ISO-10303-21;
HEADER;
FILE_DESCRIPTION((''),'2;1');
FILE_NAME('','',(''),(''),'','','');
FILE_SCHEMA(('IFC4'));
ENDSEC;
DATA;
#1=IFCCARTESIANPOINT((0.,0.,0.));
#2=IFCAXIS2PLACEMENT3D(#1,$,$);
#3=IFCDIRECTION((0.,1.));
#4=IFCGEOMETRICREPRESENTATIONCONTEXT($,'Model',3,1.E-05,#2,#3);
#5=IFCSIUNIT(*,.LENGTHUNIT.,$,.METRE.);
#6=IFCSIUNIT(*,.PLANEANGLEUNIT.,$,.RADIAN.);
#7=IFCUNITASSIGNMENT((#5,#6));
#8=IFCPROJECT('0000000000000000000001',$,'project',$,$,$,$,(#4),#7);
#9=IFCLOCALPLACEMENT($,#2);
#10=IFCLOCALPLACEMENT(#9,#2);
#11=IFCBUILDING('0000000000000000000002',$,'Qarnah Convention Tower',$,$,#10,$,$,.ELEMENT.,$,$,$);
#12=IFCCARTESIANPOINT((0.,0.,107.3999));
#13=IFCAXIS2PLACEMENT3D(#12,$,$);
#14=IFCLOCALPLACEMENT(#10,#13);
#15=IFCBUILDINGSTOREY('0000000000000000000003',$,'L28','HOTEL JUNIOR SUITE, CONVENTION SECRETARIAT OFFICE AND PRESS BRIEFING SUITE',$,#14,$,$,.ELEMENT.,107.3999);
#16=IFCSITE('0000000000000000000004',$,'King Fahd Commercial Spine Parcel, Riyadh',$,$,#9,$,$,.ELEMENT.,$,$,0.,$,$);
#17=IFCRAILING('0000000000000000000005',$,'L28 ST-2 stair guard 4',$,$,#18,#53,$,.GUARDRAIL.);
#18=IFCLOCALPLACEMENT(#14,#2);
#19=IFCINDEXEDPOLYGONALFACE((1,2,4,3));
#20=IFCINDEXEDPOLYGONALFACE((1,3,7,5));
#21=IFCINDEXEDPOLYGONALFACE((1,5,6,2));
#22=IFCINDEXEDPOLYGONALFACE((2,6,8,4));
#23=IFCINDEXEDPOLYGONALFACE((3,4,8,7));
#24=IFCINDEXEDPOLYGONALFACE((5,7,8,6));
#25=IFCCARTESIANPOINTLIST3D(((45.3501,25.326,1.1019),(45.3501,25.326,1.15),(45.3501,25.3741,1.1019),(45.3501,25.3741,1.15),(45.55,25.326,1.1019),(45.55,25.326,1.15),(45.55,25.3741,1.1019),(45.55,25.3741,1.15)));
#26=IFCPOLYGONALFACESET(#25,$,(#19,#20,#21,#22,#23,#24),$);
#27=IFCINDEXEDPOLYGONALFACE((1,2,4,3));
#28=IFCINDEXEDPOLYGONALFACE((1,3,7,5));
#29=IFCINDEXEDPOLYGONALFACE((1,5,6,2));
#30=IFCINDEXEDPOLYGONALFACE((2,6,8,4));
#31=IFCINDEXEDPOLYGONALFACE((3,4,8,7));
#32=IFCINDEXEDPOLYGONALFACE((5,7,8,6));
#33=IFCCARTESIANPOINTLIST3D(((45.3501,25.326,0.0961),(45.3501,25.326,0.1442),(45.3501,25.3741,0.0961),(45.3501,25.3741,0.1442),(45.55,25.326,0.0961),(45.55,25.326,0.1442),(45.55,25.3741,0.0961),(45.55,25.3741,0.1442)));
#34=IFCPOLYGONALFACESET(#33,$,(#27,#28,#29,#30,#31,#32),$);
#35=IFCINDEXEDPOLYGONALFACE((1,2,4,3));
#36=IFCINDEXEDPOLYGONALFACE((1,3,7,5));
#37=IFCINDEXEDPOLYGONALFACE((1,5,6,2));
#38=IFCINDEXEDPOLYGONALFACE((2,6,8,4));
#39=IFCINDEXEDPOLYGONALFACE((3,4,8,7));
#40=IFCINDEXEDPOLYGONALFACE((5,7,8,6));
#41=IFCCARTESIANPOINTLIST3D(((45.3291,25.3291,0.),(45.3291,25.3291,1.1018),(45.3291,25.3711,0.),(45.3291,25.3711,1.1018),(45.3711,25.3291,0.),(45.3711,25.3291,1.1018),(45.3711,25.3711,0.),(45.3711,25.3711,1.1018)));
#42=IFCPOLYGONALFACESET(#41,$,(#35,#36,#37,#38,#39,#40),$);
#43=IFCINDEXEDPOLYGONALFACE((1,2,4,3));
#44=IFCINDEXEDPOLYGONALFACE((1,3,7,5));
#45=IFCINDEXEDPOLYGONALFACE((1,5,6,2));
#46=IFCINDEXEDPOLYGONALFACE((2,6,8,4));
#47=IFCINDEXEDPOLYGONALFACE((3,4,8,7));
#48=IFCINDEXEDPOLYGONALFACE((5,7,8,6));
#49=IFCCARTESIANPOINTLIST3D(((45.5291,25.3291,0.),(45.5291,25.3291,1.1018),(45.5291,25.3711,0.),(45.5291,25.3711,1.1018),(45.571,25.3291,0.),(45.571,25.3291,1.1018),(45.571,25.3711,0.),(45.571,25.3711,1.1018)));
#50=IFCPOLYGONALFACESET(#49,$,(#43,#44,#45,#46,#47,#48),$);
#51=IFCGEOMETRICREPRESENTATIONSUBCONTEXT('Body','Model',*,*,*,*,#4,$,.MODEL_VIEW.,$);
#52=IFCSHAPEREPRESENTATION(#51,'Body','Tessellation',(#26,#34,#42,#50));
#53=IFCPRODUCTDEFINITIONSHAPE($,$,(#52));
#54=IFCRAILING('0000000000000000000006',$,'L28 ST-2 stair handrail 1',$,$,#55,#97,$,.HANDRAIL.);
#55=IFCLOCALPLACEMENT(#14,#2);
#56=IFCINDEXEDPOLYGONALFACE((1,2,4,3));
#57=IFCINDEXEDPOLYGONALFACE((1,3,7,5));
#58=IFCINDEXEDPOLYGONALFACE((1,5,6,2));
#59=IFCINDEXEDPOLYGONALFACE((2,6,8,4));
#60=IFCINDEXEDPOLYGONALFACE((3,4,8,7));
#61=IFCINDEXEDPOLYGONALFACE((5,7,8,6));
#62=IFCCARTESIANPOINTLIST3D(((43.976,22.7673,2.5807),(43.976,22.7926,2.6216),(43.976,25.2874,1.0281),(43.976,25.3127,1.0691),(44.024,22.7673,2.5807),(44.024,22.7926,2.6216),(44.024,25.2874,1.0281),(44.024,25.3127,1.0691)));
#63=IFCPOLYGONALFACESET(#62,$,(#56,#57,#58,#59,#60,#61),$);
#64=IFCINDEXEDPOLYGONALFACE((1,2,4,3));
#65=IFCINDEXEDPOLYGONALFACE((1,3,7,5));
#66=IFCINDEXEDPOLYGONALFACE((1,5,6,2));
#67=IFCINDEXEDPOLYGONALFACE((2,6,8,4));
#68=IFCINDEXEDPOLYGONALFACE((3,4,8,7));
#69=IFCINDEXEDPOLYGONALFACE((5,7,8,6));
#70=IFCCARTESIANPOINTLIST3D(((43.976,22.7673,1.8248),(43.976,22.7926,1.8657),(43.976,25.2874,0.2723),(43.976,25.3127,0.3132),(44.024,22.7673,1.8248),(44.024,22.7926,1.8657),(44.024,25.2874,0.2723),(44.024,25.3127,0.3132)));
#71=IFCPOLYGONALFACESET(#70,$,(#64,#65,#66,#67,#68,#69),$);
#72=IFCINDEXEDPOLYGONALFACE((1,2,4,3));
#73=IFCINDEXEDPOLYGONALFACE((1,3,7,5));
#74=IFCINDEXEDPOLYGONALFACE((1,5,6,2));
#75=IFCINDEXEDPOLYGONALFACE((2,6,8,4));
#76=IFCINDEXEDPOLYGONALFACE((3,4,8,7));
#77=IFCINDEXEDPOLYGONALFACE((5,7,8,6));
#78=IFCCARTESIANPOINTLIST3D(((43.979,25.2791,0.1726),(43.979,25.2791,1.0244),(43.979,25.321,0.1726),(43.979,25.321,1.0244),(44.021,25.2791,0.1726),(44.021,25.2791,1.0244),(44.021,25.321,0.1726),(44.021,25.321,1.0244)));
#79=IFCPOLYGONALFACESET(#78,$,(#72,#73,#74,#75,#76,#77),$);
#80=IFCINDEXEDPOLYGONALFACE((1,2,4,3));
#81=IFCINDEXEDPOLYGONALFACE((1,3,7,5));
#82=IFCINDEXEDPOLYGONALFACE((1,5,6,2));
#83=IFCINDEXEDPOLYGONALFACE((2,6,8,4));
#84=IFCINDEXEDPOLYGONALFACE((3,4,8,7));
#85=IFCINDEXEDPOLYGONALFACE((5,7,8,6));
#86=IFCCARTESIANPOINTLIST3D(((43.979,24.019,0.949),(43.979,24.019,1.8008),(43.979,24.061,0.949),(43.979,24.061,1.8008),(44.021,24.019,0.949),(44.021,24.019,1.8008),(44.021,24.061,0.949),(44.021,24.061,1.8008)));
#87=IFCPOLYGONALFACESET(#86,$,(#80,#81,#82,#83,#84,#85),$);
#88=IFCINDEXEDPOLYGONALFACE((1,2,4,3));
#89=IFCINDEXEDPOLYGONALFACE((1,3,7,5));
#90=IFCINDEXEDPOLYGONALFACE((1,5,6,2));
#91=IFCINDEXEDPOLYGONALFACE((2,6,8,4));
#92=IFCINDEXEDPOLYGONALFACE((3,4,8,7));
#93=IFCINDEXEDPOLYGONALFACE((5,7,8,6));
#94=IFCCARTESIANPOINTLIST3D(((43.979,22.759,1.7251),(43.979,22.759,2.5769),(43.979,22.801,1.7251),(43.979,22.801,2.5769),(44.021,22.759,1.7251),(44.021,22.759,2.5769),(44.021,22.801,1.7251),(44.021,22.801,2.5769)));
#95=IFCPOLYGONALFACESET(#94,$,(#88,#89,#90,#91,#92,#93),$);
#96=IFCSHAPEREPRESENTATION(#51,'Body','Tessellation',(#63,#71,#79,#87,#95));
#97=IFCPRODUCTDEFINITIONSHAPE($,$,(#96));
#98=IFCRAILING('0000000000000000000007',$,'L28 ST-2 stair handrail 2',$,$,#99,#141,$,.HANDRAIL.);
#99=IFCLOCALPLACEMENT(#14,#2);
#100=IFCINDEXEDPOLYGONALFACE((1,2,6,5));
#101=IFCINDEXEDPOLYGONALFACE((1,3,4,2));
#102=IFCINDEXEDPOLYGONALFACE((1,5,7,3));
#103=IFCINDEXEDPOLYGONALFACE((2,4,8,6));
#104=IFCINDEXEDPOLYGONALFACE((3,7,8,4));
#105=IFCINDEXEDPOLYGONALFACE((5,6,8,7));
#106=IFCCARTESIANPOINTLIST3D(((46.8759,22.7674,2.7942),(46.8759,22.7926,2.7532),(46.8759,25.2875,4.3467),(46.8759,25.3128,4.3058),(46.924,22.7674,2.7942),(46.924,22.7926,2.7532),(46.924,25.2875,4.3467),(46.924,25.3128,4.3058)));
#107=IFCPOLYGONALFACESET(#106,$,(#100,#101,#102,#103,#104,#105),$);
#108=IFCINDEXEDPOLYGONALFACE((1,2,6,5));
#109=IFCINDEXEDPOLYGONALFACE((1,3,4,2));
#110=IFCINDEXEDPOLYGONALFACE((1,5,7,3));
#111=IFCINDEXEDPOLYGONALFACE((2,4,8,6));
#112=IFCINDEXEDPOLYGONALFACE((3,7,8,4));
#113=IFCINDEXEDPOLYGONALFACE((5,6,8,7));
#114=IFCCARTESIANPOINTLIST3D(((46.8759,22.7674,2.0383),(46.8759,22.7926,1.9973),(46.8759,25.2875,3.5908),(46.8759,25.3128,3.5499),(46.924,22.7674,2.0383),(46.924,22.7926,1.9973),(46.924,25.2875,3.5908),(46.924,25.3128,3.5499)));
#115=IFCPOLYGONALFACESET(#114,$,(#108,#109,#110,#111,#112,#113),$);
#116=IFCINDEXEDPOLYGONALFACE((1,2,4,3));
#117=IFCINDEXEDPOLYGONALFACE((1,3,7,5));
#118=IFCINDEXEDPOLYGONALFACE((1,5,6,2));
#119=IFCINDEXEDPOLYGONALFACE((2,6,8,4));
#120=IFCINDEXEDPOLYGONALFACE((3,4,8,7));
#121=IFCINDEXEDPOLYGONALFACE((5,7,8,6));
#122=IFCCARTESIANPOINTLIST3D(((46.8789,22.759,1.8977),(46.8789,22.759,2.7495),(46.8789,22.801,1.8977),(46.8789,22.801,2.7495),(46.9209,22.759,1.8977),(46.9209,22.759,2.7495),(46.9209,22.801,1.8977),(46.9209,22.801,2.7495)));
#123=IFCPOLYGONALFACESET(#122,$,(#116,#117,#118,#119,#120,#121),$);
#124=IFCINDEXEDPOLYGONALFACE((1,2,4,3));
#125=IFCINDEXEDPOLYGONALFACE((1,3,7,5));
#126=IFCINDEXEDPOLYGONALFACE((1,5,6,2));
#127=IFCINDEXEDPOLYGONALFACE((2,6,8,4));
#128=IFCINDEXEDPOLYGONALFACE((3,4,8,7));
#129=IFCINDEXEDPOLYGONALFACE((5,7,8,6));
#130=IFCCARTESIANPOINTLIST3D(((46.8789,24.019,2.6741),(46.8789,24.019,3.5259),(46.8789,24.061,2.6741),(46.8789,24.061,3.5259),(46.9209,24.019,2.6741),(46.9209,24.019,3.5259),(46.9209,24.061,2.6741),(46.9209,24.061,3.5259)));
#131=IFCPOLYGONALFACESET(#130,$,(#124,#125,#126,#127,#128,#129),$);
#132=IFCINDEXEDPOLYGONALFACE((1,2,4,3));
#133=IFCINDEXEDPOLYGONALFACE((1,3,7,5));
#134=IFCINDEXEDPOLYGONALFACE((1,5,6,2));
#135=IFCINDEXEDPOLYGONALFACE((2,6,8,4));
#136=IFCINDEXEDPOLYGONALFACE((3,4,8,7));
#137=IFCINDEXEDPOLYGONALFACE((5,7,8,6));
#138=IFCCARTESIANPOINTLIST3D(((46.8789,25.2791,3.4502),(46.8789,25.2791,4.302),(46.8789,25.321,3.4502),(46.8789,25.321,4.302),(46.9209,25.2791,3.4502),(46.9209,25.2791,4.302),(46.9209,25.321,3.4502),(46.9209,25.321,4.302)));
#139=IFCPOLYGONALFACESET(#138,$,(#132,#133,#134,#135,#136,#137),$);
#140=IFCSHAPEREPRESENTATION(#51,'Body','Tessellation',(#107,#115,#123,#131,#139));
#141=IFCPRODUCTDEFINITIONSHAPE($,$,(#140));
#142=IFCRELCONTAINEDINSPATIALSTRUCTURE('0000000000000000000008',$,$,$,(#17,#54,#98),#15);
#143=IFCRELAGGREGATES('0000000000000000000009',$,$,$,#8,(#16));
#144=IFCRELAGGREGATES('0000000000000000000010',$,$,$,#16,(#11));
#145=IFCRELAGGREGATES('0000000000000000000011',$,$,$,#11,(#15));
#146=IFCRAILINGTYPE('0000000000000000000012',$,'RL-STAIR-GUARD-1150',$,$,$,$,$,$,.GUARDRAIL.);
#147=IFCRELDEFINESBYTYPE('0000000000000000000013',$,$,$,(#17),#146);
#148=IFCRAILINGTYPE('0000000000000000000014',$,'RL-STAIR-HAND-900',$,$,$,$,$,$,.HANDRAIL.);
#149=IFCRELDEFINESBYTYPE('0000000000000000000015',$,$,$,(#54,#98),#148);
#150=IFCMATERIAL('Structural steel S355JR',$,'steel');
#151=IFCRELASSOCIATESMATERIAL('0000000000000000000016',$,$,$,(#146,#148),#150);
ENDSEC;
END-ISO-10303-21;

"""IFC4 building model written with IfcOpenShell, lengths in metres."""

from ifc_helpers import new_model, si_unit, direction, frame, origin, origin_2d, place, context, subcontext, project, spatial, rectangle, extrude, material, type_object, element, save


model = new_model("IFC4")

# Units and contexts
model_context = context("Model", 3, precision=1e-05, world=origin(), true_north=direction((0.0, 1.0)))
body_context = subcontext(model_context, "Body", "Model", "MODEL_VIEW")
ifc_project = project(units=[si_unit("LENGTHUNIT", "METRE"), si_unit("PLANEANGLEUNIT", "RADIAN")], contexts=[model_context])

# Site, building, storey
site_placement = place(None, origin())
site = spatial("IfcSite", under=ifc_project, at=site_placement, Name="King Fahd Commercial Spine Parcel, Riyadh", CompositionType="ELEMENT", RefElevation=0.0)
building_placement = place(site_placement, origin())
building = spatial("IfcBuilding", under=site, at=building_placement, Name="Qarnah Convention Tower", CompositionType="ELEMENT")
storey_placement = place(building_placement, frame((0.0, 0.0, 107.3999)))
storey = spatial("IfcBuildingStorey", under=building, at=storey_placement, Name="L28", Description="HOTEL JUNIOR SUITE, CONVENTION SECRETARIAT OFFICE AND PRESS BRIEFING SUITE", CompositionType="ELEMENT", Elevation=107.3999)

# Shared definitions
ifc_material_1 = material(Name="Structural steel S355JR", Category="steel")

# Railings
railing_type_1 = type_object("IfcRailingType", Name="RL-STAIR-GUARD-1150", PredefinedType="GUARDRAIL", material=ifc_material_1)
railing_1_placement = place(storey_placement, frame((45.3501, 25.3501, 0.0)))
element("IfcRailing", 1, at=railing_1_placement, inside=storey, type_object=railing_type_1, Name="L28 ST-2 stair guard 4", PredefinedType="GUARDRAIL", context=body_context, shape_type="SweptSolid", body=[
    extrude(rectangle(XDim=0.0481, YDim=0.0481, at=origin_2d()), frame((0.0, 0.0, 1.126), z_axis=(1.0, 0.0, 0.0), x_axis=(0.0, 1.0, 0.0)), (0.0, 0.0, 1.0), 0.2),
    extrude(rectangle(XDim=0.0481, YDim=0.0481, at=origin_2d()), frame((0.0, 0.0, 0.1201), z_axis=(1.0, 0.0, 0.0), x_axis=(0.0, 1.0, 0.0)), (0.0, 0.0, 1.0), 0.2),
    extrude(rectangle(XDim=0.042, YDim=0.042, at=origin_2d()), origin(), (0.0, 0.0, 1.0), 1.1018),
    extrude(rectangle(XDim=0.042, YDim=0.042, at=origin_2d()), frame((0.2, 0.0, 0.0)), (0.0, 0.0, 1.0), 1.1018),
])
railing_type_2 = type_object("IfcRailingType", Name="RL-STAIR-HAND-900", PredefinedType="HANDRAIL", material=ifc_material_1)
railing_2_placement = place(storey_placement, frame((44.0, 25.3, 0.1726)))
element("IfcRailing", 2, at=railing_2_placement, inside=storey, type_object=railing_type_2, Name="L28 ST-2 stair handrail 1", PredefinedType="HANDRAIL", context=body_context, shape_type="SweptSolid", body=[
    extrude(rectangle(XDim=0.0481, YDim=0.0481, at=origin_2d()), frame((0.0, 0.0, 0.876), z_axis=(0.0, -0.8514, 0.524516), x_axis=(1.0, 0.0, 0.0)), (0.0, 0.0, 1.0), 2.96),
    extrude(rectangle(XDim=0.0481, YDim=0.0481, at=origin_2d()), frame((0.0, 0.0, 0.1201), z_axis=(0.0, -0.8514, 0.524516), x_axis=(1.0, 0.0, 0.0)), (0.0, 0.0, 1.0), 2.96),
    extrude(rectangle(XDim=0.042, YDim=0.042, at=origin_2d()), origin(), (0.0, 0.0, 1.0), 0.8518),
    extrude(rectangle(XDim=0.042, YDim=0.042, at=origin_2d()), frame((0.0, -1.26, 0.7764)), (0.0, 0.0, 1.0), 0.8518),
    extrude(rectangle(XDim=0.042, YDim=0.042, at=origin_2d()), frame((0.0, -2.52, 1.5525)), (0.0, 0.0, 1.0), 0.8518),
])
railing_3_placement = place(storey_placement, frame((46.8999, 22.78, 1.8977)))
element("IfcRailing", 3, at=railing_3_placement, inside=storey, type_object=railing_type_2, Name="L28 ST-2 stair handrail 2", PredefinedType="HANDRAIL", context=body_context, shape_type="SweptSolid", body=[
    extrude(rectangle(XDim=0.0481, YDim=0.0481, at=origin_2d()), frame((0.0, 0.0, 0.876), z_axis=(0.0, 0.8514, 0.524516), x_axis=(-1.0, 0.0, 0.0)), (0.0, 0.0, 1.0), 2.96),
    extrude(rectangle(XDim=0.0481, YDim=0.0481, at=origin_2d()), frame((0.0, 0.0, 0.1201), z_axis=(0.0, 0.8514, 0.524516), x_axis=(-1.0, 0.0, 0.0)), (0.0, 0.0, 1.0), 2.96),
    extrude(rectangle(XDim=0.042, YDim=0.042, at=origin_2d()), origin(), (0.0, 0.0, 1.0), 0.8518),
    extrude(rectangle(XDim=0.042, YDim=0.042, at=origin_2d()), frame((0.0, 1.26, 0.7764)), (0.0, 0.0, 1.0), 0.8518),
    extrude(rectangle(XDim=0.042, YDim=0.042, at=origin_2d()), frame((0.0, 2.52, 1.5525)), (0.0, 0.0, 1.0), 0.8518),
])

save(model, "model.ifc")
